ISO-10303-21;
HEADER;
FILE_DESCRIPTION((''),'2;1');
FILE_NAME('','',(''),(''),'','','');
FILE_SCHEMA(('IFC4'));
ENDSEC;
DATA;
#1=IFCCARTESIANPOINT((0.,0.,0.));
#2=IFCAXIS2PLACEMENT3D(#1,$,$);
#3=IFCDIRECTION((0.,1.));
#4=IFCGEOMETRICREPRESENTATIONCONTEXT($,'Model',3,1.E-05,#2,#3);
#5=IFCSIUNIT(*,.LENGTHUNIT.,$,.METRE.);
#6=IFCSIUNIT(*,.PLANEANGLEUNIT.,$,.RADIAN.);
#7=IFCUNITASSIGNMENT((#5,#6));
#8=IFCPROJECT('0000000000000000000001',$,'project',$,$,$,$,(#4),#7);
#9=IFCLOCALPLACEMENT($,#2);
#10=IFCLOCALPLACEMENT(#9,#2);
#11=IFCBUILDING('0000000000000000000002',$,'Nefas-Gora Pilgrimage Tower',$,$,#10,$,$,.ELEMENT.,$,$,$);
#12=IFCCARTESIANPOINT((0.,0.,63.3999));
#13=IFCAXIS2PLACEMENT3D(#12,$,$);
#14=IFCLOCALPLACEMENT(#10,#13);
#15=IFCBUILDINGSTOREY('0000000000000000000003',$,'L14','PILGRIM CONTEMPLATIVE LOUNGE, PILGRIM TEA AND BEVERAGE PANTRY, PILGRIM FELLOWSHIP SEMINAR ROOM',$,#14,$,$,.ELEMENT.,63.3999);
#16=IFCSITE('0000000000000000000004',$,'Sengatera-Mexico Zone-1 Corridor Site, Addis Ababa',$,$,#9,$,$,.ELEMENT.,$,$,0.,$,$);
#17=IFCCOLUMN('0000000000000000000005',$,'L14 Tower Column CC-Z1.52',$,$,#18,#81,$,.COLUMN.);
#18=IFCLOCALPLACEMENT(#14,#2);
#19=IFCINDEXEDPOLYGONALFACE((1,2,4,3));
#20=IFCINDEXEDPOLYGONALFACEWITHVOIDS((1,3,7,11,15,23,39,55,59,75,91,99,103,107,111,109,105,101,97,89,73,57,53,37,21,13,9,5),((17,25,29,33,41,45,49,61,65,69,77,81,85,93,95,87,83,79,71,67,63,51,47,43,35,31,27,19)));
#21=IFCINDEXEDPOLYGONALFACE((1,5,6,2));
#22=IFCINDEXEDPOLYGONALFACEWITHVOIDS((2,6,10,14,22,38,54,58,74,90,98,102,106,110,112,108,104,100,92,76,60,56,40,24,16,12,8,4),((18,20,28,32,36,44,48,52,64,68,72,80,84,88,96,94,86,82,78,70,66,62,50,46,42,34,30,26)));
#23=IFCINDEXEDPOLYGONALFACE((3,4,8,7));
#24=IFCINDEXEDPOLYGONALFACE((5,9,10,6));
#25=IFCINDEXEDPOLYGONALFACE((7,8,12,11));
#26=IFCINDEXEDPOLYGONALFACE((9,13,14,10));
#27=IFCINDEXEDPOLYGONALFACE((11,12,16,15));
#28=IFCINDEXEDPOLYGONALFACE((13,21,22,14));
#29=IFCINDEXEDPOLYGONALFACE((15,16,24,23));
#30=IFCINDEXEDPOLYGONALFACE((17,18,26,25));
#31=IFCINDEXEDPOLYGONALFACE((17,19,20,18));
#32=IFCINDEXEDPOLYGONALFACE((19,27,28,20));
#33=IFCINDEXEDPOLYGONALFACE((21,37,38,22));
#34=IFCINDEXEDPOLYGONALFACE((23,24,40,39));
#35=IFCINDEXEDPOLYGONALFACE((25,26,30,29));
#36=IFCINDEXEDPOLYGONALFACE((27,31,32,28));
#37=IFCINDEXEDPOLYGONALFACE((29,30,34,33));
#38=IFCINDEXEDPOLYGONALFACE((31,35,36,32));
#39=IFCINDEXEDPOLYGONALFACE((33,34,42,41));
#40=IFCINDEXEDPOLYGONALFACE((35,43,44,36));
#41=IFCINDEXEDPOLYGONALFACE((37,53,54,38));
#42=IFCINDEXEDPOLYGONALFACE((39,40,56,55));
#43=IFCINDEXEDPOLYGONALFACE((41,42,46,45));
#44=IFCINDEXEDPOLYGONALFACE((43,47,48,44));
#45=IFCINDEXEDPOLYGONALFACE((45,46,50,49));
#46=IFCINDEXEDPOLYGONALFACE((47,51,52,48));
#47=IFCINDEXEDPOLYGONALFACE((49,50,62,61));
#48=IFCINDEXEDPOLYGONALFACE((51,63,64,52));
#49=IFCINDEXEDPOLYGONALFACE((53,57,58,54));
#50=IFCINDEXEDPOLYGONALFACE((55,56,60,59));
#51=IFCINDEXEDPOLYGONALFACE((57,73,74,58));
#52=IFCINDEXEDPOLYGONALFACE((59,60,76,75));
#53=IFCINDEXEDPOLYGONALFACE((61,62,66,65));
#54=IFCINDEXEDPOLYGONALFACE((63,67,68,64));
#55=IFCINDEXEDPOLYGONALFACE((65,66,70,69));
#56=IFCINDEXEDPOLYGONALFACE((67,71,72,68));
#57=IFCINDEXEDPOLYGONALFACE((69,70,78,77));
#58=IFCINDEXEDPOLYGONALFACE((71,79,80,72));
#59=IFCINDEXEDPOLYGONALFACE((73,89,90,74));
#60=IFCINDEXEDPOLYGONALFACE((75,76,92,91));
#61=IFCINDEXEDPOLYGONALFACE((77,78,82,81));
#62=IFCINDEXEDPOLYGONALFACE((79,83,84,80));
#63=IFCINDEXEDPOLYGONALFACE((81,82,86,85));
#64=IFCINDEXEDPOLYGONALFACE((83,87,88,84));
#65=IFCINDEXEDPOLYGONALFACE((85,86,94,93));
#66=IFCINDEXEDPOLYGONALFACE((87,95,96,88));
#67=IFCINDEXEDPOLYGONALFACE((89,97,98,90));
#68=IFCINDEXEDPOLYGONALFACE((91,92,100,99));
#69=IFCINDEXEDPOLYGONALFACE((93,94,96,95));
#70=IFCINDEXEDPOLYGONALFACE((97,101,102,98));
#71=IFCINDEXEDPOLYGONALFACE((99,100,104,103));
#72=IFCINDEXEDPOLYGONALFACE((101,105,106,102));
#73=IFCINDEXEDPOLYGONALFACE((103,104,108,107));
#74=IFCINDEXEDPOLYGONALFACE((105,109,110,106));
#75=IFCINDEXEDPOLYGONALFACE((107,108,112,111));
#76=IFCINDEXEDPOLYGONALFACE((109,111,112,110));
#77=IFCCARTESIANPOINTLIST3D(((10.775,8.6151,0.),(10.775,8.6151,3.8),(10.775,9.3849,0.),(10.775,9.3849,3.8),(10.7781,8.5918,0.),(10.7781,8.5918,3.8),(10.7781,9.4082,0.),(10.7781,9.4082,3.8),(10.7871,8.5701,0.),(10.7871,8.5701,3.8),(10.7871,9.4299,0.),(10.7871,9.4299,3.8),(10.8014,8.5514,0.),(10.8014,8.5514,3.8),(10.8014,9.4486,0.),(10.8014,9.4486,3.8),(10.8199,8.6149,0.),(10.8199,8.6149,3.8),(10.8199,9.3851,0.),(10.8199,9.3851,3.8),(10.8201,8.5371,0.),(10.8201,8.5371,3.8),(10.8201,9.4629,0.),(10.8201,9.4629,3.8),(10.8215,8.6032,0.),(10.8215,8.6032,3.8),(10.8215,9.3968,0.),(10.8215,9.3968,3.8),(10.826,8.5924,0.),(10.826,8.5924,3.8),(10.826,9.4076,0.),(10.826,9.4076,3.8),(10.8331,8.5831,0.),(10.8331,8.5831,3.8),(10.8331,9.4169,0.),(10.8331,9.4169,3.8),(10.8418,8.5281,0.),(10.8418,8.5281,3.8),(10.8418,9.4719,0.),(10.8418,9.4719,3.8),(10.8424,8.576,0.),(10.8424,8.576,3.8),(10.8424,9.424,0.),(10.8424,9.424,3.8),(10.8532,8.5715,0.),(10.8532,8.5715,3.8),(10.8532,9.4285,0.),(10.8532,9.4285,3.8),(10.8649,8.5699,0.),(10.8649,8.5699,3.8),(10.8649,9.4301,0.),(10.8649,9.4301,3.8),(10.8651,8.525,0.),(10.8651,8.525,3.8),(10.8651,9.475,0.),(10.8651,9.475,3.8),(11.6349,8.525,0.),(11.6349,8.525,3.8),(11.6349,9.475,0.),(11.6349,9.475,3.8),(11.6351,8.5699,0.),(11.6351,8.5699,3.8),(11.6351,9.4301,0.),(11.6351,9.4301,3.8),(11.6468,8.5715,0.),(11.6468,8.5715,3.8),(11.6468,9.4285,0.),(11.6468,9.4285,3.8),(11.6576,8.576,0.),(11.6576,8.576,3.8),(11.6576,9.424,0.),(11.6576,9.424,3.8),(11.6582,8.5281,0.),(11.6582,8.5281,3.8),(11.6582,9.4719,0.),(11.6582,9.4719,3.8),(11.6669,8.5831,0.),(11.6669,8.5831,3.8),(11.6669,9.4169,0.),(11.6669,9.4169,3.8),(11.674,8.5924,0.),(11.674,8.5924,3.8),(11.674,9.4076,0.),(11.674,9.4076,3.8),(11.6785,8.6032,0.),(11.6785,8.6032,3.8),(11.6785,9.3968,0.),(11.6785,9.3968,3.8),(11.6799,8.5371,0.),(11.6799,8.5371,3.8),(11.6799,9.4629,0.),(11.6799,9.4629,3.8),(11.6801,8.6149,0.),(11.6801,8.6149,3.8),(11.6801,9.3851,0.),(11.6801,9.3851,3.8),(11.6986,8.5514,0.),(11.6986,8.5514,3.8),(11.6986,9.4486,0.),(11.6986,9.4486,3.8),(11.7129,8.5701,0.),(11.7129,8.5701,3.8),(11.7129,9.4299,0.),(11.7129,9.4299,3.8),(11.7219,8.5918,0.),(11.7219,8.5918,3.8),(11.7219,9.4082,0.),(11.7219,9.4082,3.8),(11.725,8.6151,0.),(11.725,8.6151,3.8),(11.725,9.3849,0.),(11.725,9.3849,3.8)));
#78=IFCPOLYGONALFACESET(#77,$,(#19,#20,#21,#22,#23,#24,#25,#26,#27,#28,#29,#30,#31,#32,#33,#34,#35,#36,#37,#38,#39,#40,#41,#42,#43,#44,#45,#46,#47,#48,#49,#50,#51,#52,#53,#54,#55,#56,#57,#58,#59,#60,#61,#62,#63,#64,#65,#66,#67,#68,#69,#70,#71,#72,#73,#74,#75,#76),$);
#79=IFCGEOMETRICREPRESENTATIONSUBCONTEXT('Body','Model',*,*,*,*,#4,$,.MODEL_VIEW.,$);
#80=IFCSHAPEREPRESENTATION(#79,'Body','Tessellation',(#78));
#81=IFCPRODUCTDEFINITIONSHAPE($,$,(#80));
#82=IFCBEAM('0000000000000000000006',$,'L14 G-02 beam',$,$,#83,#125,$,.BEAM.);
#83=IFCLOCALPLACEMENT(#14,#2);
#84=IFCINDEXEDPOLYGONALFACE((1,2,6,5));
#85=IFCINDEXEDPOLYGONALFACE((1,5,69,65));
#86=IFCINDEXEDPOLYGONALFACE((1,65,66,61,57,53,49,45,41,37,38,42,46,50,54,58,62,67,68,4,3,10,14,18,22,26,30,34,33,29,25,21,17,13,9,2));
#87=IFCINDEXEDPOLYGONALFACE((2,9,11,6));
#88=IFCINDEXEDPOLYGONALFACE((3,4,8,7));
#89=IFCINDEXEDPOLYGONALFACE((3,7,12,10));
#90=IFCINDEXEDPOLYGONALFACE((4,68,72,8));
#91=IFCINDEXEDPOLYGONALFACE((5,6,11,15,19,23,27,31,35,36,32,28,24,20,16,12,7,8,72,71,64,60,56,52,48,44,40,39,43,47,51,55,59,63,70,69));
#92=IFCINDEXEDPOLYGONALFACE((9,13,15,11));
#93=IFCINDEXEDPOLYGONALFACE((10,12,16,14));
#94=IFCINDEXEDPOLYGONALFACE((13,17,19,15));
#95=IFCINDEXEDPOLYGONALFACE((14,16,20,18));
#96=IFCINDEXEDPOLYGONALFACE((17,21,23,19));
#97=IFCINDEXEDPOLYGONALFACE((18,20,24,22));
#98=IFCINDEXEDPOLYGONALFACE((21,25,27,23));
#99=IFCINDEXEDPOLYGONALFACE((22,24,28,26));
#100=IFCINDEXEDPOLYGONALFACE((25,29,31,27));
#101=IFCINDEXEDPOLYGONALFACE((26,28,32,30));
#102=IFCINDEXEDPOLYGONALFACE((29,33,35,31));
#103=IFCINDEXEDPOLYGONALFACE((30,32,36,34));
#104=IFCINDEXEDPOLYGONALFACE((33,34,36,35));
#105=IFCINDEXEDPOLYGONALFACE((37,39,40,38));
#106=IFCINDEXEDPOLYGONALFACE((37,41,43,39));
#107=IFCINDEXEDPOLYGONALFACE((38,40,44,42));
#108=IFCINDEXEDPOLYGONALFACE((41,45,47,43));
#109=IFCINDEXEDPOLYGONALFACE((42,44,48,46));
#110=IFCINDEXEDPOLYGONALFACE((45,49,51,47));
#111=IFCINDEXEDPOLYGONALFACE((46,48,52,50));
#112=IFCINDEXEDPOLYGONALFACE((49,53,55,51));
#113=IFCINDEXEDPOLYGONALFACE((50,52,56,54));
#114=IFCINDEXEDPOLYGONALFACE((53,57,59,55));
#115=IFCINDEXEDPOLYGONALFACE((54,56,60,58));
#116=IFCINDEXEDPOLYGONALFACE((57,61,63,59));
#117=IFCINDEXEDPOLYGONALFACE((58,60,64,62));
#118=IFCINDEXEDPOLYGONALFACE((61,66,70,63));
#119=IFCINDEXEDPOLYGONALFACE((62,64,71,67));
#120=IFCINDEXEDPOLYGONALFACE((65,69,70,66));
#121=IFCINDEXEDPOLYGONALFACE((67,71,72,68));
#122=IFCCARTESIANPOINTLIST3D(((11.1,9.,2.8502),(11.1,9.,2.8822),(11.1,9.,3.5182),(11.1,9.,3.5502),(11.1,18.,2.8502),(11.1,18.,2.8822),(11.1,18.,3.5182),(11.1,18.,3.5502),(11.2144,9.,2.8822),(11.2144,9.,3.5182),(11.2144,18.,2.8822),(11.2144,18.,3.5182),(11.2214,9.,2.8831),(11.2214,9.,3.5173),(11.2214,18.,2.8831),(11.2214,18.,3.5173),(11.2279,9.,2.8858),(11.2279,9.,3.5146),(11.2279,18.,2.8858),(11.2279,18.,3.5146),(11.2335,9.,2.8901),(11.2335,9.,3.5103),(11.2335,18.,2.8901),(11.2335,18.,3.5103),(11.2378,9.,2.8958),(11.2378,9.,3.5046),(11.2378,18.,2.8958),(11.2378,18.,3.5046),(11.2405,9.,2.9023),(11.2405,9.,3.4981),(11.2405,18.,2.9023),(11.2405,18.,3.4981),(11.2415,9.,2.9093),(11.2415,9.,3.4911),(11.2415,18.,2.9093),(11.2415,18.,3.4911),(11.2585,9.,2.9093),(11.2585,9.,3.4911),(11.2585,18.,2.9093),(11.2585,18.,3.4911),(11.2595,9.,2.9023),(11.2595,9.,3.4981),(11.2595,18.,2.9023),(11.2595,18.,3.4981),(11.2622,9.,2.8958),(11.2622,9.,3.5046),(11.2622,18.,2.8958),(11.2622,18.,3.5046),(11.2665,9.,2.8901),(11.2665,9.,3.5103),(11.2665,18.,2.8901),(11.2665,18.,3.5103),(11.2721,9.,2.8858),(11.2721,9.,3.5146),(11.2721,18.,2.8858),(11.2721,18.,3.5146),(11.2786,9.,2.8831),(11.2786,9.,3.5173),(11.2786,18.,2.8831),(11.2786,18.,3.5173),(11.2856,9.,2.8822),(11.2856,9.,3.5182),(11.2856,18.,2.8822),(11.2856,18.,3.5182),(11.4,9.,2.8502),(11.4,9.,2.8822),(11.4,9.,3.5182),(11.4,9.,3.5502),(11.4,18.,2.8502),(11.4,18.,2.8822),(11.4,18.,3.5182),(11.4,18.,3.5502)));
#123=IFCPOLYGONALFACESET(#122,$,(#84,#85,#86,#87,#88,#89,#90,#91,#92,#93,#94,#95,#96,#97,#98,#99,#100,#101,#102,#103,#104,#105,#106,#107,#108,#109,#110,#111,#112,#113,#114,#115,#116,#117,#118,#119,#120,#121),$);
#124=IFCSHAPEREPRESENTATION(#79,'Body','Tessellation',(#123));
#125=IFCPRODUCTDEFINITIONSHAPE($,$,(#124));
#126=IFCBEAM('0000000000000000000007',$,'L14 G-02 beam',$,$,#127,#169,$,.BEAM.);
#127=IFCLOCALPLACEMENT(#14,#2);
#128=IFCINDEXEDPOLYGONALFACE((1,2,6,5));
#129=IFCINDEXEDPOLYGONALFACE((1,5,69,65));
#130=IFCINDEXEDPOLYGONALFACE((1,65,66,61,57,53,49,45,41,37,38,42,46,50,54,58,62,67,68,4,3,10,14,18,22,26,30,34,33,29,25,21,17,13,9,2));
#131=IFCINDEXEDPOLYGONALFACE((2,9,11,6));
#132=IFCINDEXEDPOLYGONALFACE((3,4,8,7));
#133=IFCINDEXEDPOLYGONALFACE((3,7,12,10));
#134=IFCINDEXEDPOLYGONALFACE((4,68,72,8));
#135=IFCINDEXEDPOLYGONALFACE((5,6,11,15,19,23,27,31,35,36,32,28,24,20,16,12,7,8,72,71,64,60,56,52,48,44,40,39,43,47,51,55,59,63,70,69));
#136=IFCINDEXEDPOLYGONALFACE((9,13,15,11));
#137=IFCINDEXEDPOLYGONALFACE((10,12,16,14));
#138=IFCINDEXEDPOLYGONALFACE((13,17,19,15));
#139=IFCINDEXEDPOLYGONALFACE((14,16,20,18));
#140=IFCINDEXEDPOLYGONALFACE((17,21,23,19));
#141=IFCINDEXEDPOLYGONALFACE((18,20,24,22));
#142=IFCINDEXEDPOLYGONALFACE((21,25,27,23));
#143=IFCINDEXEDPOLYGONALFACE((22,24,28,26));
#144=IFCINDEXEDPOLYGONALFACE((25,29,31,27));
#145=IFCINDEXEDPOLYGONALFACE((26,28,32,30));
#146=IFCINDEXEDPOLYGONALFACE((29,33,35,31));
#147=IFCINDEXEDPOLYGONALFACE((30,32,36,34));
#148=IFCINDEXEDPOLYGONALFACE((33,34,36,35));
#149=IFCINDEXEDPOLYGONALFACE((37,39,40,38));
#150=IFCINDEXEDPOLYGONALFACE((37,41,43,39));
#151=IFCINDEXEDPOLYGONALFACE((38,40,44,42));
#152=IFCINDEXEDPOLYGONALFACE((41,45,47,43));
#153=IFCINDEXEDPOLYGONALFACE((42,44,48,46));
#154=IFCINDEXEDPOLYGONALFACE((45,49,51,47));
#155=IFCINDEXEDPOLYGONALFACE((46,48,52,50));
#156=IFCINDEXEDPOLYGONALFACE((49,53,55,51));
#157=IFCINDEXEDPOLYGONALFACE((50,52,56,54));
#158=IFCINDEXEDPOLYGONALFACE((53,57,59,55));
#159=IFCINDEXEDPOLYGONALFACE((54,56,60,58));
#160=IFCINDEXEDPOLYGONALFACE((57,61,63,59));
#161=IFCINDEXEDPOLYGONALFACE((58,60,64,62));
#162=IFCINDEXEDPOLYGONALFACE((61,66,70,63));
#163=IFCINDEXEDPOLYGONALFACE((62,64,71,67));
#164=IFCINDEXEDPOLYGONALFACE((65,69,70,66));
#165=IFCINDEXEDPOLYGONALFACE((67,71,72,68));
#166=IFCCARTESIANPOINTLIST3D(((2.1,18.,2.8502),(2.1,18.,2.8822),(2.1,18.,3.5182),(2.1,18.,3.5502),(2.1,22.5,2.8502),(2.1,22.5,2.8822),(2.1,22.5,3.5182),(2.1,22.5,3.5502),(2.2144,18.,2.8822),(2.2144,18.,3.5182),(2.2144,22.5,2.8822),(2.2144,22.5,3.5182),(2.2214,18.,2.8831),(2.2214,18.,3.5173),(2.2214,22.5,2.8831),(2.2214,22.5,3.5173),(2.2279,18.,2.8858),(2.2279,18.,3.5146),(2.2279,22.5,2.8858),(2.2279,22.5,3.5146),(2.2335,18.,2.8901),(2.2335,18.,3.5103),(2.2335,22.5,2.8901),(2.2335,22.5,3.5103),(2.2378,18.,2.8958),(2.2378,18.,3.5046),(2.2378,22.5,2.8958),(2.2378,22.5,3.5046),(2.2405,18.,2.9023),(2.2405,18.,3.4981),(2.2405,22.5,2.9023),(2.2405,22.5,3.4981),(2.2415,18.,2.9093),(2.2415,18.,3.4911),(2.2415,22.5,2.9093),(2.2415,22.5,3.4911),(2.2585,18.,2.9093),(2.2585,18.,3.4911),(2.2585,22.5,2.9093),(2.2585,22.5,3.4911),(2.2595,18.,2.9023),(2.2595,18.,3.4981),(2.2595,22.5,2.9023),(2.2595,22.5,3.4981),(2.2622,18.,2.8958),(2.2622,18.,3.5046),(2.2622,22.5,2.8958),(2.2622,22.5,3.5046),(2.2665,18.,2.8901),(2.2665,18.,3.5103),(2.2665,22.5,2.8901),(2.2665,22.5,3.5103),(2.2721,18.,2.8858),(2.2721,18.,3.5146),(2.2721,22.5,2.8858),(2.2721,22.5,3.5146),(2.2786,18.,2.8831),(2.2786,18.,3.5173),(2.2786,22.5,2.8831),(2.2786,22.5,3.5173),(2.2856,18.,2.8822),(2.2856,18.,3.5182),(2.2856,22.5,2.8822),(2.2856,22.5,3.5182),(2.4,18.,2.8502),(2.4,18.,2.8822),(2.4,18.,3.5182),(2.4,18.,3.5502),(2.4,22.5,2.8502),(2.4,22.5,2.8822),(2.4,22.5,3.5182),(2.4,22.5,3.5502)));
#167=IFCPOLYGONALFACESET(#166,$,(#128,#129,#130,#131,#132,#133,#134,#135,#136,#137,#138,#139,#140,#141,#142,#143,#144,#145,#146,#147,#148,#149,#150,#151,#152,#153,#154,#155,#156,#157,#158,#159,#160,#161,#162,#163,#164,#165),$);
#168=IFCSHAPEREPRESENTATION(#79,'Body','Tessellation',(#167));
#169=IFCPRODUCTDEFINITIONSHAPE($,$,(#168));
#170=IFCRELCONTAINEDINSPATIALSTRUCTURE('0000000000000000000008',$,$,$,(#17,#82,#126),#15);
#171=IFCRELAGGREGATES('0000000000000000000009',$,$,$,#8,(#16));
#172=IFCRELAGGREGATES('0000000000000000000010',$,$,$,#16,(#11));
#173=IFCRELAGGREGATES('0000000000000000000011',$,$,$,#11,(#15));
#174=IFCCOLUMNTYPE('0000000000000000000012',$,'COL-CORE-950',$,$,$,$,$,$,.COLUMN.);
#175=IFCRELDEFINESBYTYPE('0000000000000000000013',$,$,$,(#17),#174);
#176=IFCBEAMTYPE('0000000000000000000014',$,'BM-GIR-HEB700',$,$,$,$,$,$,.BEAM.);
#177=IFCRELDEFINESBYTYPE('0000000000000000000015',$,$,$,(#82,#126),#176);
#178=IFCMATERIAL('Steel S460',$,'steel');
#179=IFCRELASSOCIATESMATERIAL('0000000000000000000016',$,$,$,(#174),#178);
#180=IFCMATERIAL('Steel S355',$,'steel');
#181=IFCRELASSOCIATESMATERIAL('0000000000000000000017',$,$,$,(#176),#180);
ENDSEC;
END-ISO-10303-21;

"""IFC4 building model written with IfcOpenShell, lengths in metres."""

from ifc_helpers import new_model, si_unit, direction, frame, origin, origin_2d, place, context, subcontext, project, spatial, hollow_rectangle, i_section, extrude, source, transform, mapped, material, material_profile, profile_set, type_object, element, save


model = new_model("IFC4")

# Units and contexts
model_context = context("Model", 3, precision=1e-05, world=origin(), true_north=direction((0.0, 1.0)))
body_context = subcontext(model_context, "Body", "Model", "MODEL_VIEW")
ifc_project = project(units=[si_unit("LENGTHUNIT", "METRE"), si_unit("PLANEANGLEUNIT", "RADIAN")], contexts=[model_context])

# Site, building, storey
site_placement = place(None, origin())
site = spatial("IfcSite", under=ifc_project, at=site_placement, Name="Sengatera-Mexico Zone-1 Corridor Site, Addis Ababa", CompositionType="ELEMENT", RefElevation=0.0)
building_placement = place(site_placement, origin())
building = spatial("IfcBuilding", under=site, at=building_placement, Name="Nefas-Gora Pilgrimage Tower", CompositionType="ELEMENT")
storey_placement = place(building_placement, frame((0.0, 0.0, 63.3999)))
storey = spatial("IfcBuildingStorey", under=building, at=storey_placement, Name="L14", Description="PILGRIM CONTEMPLATIVE LOUNGE, PILGRIM TEA AND BEVERAGE PANTRY, PILGRIM FELLOWSHIP SEMINAR ROOM", CompositionType="ELEMENT", Elevation=63.3999)

# Column
ifc_material_1 = material(Name="Steel S460", Category="steel")
ifc_material_profile_1 = material_profile(ifc_material_1, hollow_rectangle(XDim=0.95, YDim=0.95, WallThickness=0.0449, InnerFilletRadius=0.0449, OuterFilletRadius=0.0901, at=origin_2d()), Name="BOX 950x950x45")
ifc_profile_set_1 = profile_set([ifc_material_profile_1], Name="Steel S460")
column_type_1 = type_object("IfcColumnType", Name="COL-CORE-950", PredefinedType="COLUMN", material=ifc_profile_set_1)
shared_shape_1 = source(origin(), body_context, "Body", "SweptSolid", [
    extrude(hollow_rectangle(XDim=0.95, YDim=0.95, WallThickness=0.0449, InnerFilletRadius=0.0449, OuterFilletRadius=0.0901, at=origin_2d()), origin(), (0.0, 0.0, 1.0), 3.8),
])
column_placement = place(storey_placement, frame((11.25, 9.0, 0.0), z_axis=(0.0, 0.0, 1.0), x_axis=(1.0, 0.0, 0.0)))
element("IfcColumn", 1, at=column_placement, inside=storey, type_object=column_type_1, Name="L14 Tower Column CC-Z1.52", PredefinedType="COLUMN", context=body_context, shape_type="MappedRepresentation", body=[
    mapped(shared_shape_1, transform((0.0, 0.0, 0.0), x_axis=(1.0, 0.0, 0.0), y_axis=(0.0, 1.0, 0.0), z_axis=(0.0, 0.0, 1.0), scale=1.0)),
])

# Beams
ifc_material_2 = material(Name="Steel S355", Category="steel")
ifc_material_profile_2 = material_profile(ifc_material_2, i_section(OverallWidth=0.3, OverallDepth=0.7, WebThickness=0.0171, FlangeThickness=0.032, FilletRadius=0.0271, at=origin_2d()), Name="HEB 700")
ifc_profile_set_2 = profile_set([ifc_material_profile_2], Name="Steel S355")
beam_type_1 = type_object("IfcBeamType", Name="BM-GIR-HEB700", PredefinedType="BEAM", material=ifc_profile_set_2)
shared_shape_2 = source(origin(), body_context, "Body", "SweptSolid", [
    extrude(i_section(OverallWidth=0.3, OverallDepth=0.7, WebThickness=0.0171, FlangeThickness=0.032, FilletRadius=0.0271, at=origin_2d()), origin(), (0.0, 0.0, 1.0), 9.0),
])
beam_1_placement = place(storey_placement, frame((11.25, 9.0, 3.2002), z_axis=(0.0, 1.0, 0.0), x_axis=(-1.0, 0.0, 0.0)))
element("IfcBeam", 2, at=beam_1_placement, inside=storey, type_object=beam_type_1, Name="L14 G-02 beam", PredefinedType="BEAM", context=body_context, shape_type="MappedRepresentation", body=[
    mapped(shared_shape_2, transform((0.0, 0.0, 0.0), x_axis=(1.0, 0.0, 0.0), y_axis=(0.0, 1.0, 0.0), z_axis=(0.0, 0.0, 1.0), scale=1.0)),
])
shared_shape_3 = source(origin(), body_context, "Body", "SweptSolid", [
    extrude(i_section(OverallWidth=0.3, OverallDepth=0.7, WebThickness=0.0171, FlangeThickness=0.032, FilletRadius=0.0271, at=origin_2d()), origin(), (0.0, 0.0, 1.0), 4.5),
])
for number, where, z_axis, x_axis, name in (
    (3, (2.25, 18.0, 3.2002), (0.0, 1.0, 0.0), (-1.0, 0.0, 0.0), "L14 G-02 beam"),
):
    element("IfcBeam", number, at=place(storey_placement, frame(where, z_axis=z_axis, x_axis=x_axis)), inside=storey, type_object=beam_type_1, Name=name, PredefinedType="BEAM", context=body_context, shape_type="MappedRepresentation", body=[
        mapped(shared_shape_3, transform((0.0, 0.0, 0.0), x_axis=(1.0, 0.0, 0.0), y_axis=(0.0, 1.0, 0.0), z_axis=(0.0, 0.0, 1.0), scale=1.0)),
    ])

save(model, "model.ifc")
